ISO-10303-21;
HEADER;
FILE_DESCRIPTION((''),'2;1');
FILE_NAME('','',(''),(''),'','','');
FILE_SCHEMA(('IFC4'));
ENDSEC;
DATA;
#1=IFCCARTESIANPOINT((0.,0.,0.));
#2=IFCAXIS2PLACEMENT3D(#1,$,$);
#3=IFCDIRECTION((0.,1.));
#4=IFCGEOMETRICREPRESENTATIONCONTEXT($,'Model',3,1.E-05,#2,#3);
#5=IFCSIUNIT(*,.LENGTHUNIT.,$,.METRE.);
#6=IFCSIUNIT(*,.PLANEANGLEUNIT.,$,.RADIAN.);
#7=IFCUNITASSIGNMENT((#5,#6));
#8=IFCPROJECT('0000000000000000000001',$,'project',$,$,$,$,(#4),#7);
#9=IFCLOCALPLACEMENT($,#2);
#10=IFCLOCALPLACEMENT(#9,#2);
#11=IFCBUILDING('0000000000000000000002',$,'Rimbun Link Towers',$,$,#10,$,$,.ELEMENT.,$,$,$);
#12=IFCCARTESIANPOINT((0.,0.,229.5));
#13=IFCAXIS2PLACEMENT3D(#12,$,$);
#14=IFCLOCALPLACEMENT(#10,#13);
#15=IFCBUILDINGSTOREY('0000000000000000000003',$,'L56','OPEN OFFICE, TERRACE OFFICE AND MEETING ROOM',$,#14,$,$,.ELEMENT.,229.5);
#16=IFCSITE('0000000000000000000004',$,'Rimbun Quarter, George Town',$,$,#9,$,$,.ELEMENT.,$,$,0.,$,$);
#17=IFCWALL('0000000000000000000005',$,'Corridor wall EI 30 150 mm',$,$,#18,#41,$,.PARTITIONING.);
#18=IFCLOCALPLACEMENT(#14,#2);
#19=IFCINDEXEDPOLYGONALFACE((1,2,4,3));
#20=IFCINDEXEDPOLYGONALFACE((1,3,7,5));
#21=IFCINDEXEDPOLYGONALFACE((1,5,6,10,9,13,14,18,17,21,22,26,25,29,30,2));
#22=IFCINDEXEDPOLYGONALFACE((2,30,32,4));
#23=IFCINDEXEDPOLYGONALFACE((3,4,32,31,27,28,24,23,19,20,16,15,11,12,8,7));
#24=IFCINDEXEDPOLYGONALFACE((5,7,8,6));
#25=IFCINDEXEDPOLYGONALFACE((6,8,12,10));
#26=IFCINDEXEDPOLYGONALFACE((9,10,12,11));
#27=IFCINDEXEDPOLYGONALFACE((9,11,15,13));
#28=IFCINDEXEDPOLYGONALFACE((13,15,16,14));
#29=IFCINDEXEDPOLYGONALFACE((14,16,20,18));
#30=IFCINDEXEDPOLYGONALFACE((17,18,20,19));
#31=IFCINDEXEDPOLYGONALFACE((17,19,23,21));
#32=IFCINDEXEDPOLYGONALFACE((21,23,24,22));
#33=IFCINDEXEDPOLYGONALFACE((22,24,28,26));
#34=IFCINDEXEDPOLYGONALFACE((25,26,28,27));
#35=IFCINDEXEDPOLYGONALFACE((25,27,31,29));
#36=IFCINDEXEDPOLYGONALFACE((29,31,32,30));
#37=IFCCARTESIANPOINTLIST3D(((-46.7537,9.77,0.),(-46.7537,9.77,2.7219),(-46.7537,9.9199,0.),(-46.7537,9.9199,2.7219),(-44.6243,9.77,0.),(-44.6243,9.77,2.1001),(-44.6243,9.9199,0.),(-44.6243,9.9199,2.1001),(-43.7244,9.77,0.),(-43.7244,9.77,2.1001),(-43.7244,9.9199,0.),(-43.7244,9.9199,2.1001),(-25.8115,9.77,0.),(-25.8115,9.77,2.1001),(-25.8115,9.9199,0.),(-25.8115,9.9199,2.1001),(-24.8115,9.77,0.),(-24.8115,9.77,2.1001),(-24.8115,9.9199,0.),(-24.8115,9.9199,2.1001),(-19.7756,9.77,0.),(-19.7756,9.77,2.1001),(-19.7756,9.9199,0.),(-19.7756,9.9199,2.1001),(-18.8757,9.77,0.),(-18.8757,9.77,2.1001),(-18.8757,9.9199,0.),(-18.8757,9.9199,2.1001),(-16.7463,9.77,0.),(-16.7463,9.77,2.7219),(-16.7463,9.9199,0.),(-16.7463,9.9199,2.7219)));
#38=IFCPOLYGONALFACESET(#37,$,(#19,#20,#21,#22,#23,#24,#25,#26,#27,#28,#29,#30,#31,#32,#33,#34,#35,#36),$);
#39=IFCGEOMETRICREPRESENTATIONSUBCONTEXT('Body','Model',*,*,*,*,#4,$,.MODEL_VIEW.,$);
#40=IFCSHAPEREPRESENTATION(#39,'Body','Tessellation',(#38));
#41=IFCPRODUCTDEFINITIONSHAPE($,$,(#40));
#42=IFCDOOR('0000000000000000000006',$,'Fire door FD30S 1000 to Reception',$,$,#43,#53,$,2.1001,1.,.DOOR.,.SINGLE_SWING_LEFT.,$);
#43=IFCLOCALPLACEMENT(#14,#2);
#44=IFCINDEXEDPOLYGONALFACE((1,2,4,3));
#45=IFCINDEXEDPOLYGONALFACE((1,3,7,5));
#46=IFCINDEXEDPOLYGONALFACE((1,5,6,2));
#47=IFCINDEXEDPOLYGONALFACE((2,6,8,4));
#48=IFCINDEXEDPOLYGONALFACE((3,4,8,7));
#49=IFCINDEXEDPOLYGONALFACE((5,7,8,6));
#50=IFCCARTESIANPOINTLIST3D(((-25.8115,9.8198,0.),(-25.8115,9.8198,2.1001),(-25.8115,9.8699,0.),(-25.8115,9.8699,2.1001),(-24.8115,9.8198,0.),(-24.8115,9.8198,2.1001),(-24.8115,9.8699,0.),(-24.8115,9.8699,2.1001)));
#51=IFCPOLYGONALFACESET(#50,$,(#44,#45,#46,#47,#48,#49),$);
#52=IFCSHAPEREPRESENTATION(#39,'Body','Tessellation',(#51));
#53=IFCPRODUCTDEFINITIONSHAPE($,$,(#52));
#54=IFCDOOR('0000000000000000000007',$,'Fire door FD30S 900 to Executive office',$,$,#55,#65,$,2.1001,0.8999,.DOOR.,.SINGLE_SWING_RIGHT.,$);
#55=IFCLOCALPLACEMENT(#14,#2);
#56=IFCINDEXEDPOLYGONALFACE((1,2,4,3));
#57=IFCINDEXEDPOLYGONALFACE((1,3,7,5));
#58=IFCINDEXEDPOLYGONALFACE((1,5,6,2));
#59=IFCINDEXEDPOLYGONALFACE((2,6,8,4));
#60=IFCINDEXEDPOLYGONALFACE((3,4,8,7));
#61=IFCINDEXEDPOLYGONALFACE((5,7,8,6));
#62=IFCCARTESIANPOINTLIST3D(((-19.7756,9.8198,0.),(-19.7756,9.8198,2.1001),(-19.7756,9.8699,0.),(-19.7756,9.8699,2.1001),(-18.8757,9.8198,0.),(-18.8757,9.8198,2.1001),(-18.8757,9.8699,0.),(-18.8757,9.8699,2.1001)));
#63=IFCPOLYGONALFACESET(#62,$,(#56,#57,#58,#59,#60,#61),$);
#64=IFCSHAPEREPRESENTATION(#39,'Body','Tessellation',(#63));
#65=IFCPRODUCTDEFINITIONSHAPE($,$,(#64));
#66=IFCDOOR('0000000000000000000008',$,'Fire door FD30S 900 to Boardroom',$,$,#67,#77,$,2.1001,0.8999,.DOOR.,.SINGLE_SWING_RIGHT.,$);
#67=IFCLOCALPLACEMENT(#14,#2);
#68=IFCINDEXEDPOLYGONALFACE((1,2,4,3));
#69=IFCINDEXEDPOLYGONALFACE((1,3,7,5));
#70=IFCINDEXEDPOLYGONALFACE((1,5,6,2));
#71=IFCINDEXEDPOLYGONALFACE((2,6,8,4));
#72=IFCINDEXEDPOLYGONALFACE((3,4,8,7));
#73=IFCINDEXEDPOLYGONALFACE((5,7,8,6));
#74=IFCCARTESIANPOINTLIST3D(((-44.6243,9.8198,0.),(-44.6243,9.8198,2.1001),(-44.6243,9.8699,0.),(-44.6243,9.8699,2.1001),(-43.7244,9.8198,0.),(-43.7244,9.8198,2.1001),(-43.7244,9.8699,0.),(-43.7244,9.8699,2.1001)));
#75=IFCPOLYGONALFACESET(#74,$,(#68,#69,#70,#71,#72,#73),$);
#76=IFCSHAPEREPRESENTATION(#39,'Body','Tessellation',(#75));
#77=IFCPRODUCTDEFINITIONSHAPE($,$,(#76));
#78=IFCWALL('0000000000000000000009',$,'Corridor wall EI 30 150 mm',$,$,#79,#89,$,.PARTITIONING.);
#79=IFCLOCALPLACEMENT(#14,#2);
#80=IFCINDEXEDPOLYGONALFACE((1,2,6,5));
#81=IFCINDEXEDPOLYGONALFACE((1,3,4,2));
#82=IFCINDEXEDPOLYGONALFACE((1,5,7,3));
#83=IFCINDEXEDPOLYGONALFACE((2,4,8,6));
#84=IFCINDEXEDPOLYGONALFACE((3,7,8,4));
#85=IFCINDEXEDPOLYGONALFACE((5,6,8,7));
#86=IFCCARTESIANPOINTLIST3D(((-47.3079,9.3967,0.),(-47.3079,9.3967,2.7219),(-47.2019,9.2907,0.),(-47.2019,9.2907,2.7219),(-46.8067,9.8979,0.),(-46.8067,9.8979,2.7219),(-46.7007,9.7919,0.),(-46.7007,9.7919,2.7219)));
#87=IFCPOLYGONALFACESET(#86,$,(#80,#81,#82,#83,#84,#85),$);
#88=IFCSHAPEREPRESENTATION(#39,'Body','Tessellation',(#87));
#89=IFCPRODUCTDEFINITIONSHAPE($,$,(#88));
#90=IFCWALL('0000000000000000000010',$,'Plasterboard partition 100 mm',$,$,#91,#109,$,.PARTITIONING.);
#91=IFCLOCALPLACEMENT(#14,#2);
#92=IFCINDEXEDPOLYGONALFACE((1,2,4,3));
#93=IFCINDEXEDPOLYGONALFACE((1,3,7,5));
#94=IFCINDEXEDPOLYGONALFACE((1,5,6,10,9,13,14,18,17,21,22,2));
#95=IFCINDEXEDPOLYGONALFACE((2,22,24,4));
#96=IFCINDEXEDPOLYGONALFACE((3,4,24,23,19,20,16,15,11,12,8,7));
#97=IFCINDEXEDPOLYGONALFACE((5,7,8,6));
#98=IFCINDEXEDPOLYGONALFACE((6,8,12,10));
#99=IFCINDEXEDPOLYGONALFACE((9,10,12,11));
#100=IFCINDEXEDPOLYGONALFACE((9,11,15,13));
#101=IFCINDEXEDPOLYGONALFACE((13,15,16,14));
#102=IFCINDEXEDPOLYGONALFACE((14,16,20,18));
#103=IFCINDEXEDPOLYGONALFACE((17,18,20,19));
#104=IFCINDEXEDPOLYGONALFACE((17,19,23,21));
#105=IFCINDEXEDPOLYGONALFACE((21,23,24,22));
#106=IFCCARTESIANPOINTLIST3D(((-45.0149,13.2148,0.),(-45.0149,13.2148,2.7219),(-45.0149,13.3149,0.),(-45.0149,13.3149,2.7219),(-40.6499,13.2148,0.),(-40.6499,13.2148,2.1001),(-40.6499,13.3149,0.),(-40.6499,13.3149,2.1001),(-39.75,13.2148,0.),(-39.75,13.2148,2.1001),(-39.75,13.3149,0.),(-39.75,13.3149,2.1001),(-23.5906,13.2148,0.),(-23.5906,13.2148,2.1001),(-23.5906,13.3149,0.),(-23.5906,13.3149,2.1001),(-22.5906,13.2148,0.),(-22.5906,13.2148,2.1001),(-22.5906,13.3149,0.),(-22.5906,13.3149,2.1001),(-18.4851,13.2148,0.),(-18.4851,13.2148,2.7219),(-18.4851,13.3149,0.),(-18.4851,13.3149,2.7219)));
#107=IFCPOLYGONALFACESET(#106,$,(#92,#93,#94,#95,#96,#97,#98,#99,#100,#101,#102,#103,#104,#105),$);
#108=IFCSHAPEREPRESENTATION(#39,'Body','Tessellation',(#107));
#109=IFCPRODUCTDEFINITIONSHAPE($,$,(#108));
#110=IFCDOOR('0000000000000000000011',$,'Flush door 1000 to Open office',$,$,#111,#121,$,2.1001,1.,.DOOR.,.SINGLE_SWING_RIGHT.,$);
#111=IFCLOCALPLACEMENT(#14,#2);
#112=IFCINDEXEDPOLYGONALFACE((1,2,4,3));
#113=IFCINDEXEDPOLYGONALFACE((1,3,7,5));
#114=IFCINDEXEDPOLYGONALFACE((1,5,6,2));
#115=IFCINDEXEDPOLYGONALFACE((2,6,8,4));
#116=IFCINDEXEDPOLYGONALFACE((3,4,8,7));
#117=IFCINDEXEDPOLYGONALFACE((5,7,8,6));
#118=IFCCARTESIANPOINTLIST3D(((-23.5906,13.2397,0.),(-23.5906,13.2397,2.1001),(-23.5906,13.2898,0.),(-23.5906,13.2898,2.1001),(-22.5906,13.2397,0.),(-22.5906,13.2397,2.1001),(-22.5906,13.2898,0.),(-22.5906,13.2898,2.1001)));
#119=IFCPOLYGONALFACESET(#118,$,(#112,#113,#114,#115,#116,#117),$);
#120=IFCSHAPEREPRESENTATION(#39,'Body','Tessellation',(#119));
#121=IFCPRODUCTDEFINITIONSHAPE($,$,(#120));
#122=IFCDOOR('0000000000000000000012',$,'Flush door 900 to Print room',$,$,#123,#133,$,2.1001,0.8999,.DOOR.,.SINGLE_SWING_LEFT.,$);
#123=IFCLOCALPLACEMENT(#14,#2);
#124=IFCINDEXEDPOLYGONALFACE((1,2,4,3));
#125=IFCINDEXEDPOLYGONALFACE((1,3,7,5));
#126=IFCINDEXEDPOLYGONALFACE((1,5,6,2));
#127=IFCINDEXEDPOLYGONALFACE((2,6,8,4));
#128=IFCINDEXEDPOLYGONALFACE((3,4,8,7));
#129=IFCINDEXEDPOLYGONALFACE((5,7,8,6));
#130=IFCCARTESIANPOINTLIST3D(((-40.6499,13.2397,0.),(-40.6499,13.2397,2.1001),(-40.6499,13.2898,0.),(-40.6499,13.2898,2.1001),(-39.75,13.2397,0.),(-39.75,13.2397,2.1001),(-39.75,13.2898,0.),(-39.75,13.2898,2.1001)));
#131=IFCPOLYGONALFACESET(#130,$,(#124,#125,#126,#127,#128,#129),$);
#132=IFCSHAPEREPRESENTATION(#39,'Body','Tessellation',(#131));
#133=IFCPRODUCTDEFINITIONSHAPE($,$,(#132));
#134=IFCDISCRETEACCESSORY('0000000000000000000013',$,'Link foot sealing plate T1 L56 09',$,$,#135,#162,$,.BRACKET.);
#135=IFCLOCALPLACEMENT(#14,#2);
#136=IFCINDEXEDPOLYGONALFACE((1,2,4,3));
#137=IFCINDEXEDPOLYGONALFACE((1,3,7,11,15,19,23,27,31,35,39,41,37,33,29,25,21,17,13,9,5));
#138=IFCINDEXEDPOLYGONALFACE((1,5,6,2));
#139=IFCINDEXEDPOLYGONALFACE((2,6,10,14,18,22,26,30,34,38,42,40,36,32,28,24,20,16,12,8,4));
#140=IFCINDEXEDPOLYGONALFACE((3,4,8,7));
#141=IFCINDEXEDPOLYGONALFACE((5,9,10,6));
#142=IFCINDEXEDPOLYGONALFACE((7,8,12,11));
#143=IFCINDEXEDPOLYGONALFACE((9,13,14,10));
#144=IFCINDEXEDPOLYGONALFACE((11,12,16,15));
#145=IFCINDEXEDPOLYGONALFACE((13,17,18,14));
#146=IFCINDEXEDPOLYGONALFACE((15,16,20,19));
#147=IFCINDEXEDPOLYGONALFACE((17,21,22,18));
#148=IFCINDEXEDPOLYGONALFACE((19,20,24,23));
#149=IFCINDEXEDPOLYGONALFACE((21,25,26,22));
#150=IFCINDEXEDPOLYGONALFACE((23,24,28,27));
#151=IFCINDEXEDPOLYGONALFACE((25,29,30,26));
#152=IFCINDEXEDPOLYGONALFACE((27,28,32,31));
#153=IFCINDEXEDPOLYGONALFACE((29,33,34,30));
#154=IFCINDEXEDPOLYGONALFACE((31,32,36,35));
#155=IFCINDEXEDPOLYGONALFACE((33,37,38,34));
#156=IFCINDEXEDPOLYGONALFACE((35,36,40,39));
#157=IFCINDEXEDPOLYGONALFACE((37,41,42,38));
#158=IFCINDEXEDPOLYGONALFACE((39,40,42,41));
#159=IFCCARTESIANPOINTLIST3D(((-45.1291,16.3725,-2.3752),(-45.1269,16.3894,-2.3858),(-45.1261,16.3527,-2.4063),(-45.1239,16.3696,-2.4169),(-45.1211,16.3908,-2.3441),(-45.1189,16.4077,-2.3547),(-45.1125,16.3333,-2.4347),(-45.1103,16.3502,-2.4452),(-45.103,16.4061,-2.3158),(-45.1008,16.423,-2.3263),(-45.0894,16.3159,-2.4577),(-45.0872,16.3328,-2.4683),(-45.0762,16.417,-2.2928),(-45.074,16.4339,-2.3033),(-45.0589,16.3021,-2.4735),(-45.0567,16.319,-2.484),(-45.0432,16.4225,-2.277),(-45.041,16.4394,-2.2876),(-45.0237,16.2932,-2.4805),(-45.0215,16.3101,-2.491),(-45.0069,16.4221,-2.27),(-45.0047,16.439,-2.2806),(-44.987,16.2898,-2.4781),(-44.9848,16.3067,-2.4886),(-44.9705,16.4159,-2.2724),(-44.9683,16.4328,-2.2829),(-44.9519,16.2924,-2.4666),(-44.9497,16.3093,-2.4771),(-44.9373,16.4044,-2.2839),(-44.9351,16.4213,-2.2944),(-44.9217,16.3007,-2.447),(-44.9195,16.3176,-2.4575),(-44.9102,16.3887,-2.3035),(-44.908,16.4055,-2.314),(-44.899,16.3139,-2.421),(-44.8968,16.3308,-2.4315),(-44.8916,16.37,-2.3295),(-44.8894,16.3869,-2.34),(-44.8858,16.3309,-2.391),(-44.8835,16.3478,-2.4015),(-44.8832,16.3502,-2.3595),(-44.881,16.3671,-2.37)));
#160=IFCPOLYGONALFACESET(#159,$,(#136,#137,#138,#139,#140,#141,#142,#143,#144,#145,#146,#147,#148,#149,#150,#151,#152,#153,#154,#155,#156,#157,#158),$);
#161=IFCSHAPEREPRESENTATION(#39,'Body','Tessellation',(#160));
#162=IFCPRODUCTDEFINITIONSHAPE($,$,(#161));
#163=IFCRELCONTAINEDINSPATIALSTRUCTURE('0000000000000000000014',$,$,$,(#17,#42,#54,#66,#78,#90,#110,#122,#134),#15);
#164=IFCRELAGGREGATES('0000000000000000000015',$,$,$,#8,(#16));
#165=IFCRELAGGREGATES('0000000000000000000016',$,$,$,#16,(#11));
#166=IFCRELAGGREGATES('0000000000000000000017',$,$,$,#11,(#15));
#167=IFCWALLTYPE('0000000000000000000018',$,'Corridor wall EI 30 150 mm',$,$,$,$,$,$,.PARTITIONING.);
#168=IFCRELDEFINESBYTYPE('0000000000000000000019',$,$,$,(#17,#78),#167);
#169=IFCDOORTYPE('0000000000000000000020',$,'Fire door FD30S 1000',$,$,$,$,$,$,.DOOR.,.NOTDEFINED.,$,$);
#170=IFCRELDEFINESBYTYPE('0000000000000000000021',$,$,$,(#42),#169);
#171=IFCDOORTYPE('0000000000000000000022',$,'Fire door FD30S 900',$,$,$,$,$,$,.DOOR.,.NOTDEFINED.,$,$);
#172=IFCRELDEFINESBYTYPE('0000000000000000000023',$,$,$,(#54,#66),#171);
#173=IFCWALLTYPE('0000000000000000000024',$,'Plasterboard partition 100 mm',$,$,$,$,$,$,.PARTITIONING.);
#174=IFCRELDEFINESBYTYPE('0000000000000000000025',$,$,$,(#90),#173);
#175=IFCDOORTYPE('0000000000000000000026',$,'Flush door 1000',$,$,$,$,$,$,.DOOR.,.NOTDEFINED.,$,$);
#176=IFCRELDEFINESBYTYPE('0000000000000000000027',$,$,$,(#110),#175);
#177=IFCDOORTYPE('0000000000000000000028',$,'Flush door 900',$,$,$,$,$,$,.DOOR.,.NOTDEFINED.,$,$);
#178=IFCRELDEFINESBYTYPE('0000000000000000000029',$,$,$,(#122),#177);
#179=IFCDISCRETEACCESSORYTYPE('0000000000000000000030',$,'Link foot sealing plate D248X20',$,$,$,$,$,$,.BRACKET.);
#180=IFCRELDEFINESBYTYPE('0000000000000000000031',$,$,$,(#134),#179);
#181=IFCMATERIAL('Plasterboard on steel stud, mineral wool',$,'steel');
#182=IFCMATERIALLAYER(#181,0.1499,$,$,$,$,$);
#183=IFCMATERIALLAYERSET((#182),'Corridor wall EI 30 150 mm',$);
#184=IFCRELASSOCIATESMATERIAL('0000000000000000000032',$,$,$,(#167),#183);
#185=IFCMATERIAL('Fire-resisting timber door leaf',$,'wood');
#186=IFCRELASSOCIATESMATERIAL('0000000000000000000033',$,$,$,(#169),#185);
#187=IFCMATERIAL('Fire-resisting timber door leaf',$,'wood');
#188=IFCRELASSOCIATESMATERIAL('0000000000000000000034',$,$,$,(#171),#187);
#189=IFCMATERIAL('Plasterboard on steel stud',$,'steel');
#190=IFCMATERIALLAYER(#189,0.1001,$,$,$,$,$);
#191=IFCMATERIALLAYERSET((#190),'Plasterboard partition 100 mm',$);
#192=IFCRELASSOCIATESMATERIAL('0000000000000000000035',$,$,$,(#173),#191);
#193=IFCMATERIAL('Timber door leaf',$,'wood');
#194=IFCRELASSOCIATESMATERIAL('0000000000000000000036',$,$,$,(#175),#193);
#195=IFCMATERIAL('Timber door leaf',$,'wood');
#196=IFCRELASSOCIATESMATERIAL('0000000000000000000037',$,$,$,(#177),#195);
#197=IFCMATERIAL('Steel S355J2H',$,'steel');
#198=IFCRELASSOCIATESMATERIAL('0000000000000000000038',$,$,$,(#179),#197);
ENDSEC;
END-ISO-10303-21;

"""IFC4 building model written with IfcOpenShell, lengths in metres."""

from ifc_helpers import new_model, si_unit, direction, frame, frame_2d, origin, origin_2d, place, context, subcontext, project, spatial, rectangle, circle, extrude, material, layer, layer_set, material_profile, profile_set, type_object, element, fill, save


model = new_model("IFC4")

# Units and contexts
model_context = context("Model", 3, precision=1e-05, world=origin(), true_north=direction((0.0, 1.0)))
body_context = subcontext(model_context, "Body", "Model", "MODEL_VIEW")
ifc_project = project(units=[si_unit("LENGTHUNIT", "METRE"), si_unit("PLANEANGLEUNIT", "RADIAN")], contexts=[model_context])

# Site, building, storey
site_placement = place(None, origin())
site = spatial("IfcSite", under=ifc_project, at=site_placement, Name="Rimbun Quarter, George Town", CompositionType="ELEMENT", RefElevation=0.0)
building_placement = place(site_placement, origin())
building = spatial("IfcBuilding", under=site, at=building_placement, Name="Rimbun Link Towers", CompositionType="ELEMENT")
storey_placement = place(building_placement, frame((0.0, 0.0, 229.5)))
storey = spatial("IfcBuildingStorey", under=building, at=storey_placement, Name="L56", Description="OPEN OFFICE, TERRACE OFFICE AND MEETING ROOM", CompositionType="ELEMENT", Elevation=229.5)

# Wall, openings, doors
ifc_material_1 = material(Name="Plasterboard on steel stud, mineral wool", Category="steel")
ifc_layer_1 = layer(ifc_material_1, 0.1499)
ifc_layer_set_1 = layer_set([ifc_layer_1], Name="Corridor wall EI 30 150 mm")
wall_type_1 = type_object("IfcWallType", Name="Corridor wall EI 30 150 mm", PredefinedType="PARTITIONING", material=ifc_layer_set_1)
wall_1_placement = place(storey_placement, frame((-46.7537, 9.845, 0.0), z_axis=(0.0, 0.0, 1.0), x_axis=(1.0, 0.0, 0.0)))
wall_1 = element("IfcWall", 1, at=wall_1_placement, inside=storey, type_object=wall_type_1, Name="Corridor wall EI 30 150 mm", PredefinedType="PARTITIONING", context=body_context, shape_type="SweptSolid", body=[
    extrude(rectangle(XDim=30.0073, YDim=0.1499, at=frame_2d((15.0037, 0.0))), origin(), (0.0, 0.0, 1.0), 2.7219),
])
opening_1_placement = place(wall_1_placement, frame((26.978, 0.0, 0.0)))
opening_1 = element("IfcOpeningElement", 2, at=opening_1_placement, cuts=wall_1, PredefinedType="OPENING", context=body_context, shape_type="SweptSolid", body=[
    extrude(rectangle(XDim=0.8999, YDim=2.1001, at=frame_2d((0.45, 1.05))), frame((0.0, 0.085, 0.0), z_axis=(0.0, -1.0, 0.0), x_axis=(1.0, 0.0, 0.0)), (0.0, 0.0, 1.0), 0.1699),
])
opening_2_placement = place(wall_1_placement, frame((20.9421, 0.0, 0.0)))
opening_2 = element("IfcOpeningElement", 3, at=opening_2_placement, cuts=wall_1, PredefinedType="OPENING", context=body_context, shape_type="SweptSolid", body=[
    extrude(rectangle(XDim=1.0, YDim=2.1001, at=frame_2d((0.5, 1.05))), frame((0.0, 0.085, 0.0), z_axis=(0.0, -1.0, 0.0), x_axis=(1.0, 0.0, 0.0)), (0.0, 0.0, 1.0), 0.1699),
])
opening_3_placement = place(wall_1_placement, frame((2.1294, 0.0, 0.0)))
opening_3 = element("IfcOpeningElement", 4, at=opening_3_placement, cuts=wall_1, PredefinedType="OPENING", context=body_context, shape_type="SweptSolid", body=[
    extrude(rectangle(XDim=0.8999, YDim=2.1001, at=frame_2d((0.45, 1.05))), frame((0.0, 0.085, 0.0), z_axis=(0.0, -1.0, 0.0), x_axis=(1.0, 0.0, 0.0)), (0.0, 0.0, 1.0), 0.1699),
])
ifc_material_2 = material(Name="Fire-resisting timber door leaf", Category="wood")
door_type_1 = type_object("IfcDoorType", Name="Fire door FD30S 1000", OperationType="NOTDEFINED", PredefinedType="DOOR", material=ifc_material_2)
door_1_placement = place(opening_2_placement, origin())
door_1 = element("IfcDoor", 5, at=door_1_placement, inside=storey, type_object=door_type_1, Name="Fire door FD30S 1000 to Reception", OperationType="SINGLE_SWING_LEFT", OverallHeight=2.1001, OverallWidth=1.0, PredefinedType="DOOR", context=body_context, shape_type="SweptSolid", body=[
    extrude(rectangle(XDim=1.0, YDim=2.1001, at=frame_2d((0.5, 1.05))), frame((0.0, 0.0249, 0.0), z_axis=(0.0, -1.0, 0.0), x_axis=(1.0, 0.0, 0.0)), (0.0, 0.0, 1.0), 0.05),
])
fill(opening_2, door_1)
ifc_material_3 = material(Name="Fire-resisting timber door leaf", Category="wood")
door_type_2 = type_object("IfcDoorType", Name="Fire door FD30S 900", OperationType="NOTDEFINED", PredefinedType="DOOR", material=ifc_material_3)
door_2_placement = place(opening_1_placement, origin())
door_2 = element("IfcDoor", 6, at=door_2_placement, inside=storey, type_object=door_type_2, Name="Fire door FD30S 900 to Executive office", OperationType="SINGLE_SWING_RIGHT", OverallHeight=2.1001, OverallWidth=0.8999, PredefinedType="DOOR", context=body_context, shape_type="SweptSolid", body=[
    extrude(rectangle(XDim=0.8999, YDim=2.1001, at=frame_2d((0.45, 1.05))), frame((0.0, 0.0249, 0.0), z_axis=(0.0, -1.0, 0.0), x_axis=(1.0, 0.0, 0.0)), (0.0, 0.0, 1.0), 0.05),
])
fill(opening_1, door_2)
door_3_placement = place(opening_3_placement, origin())
door_3 = element("IfcDoor", 7, at=door_3_placement, inside=storey, type_object=door_type_2, Name="Fire door FD30S 900 to Boardroom", OperationType="SINGLE_SWING_RIGHT", OverallHeight=2.1001, OverallWidth=0.8999, PredefinedType="DOOR", context=body_context, shape_type="SweptSolid", body=[
    extrude(rectangle(XDim=0.8999, YDim=2.1001, at=frame_2d((0.45, 1.05))), frame((0.0, 0.0249, 0.0), z_axis=(0.0, -1.0, 0.0), x_axis=(1.0, 0.0, 0.0)), (0.0, 0.0, 1.0), 0.05),
])
fill(opening_3, door_3)

# Wall
wall_2_placement = place(storey_placement, frame((-46.7537, 9.845, 0.0), z_axis=(0.0, 0.0, 1.0), x_axis=(-0.707107, -0.707107, 0.0)))
element("IfcWall", 8, at=wall_2_placement, inside=storey, type_object=wall_type_1, Name="Corridor wall EI 30 150 mm", PredefinedType="PARTITIONING", context=body_context, shape_type="SweptSolid", body=[
    extrude(rectangle(XDim=0.7087, YDim=0.1499, at=frame_2d((0.3545, 0.0))), origin(), (0.0, 0.0, 1.0), 2.7219),
])

# Wall, openings, doors
ifc_material_4 = material(Name="Plasterboard on steel stud", Category="steel")
ifc_layer_2 = layer(ifc_material_4, 0.1001)
ifc_layer_set_2 = layer_set([ifc_layer_2], Name="Plasterboard partition 100 mm")
wall_type_2 = type_object("IfcWallType", Name="Plasterboard partition 100 mm", PredefinedType="PARTITIONING", material=ifc_layer_set_2)
wall_3_placement = place(storey_placement, frame((-45.0149, 13.2649, 0.0), z_axis=(0.0, 0.0, 1.0), x_axis=(1.0, 0.0, 0.0)))
wall_3 = element("IfcWall", 9, at=wall_3_placement, inside=storey, type_object=wall_type_2, Name="Plasterboard partition 100 mm", PredefinedType="PARTITIONING", context=body_context, shape_type="SweptSolid", body=[
    extrude(rectangle(XDim=26.5298, YDim=0.1001, at=frame_2d((13.2649, 0.0))), origin(), (0.0, 0.0, 1.0), 2.7219),
])
opening_4_placement = place(wall_3_placement, frame((21.4243, 0.0, 0.0)))
opening_4 = element("IfcOpeningElement", 10, at=opening_4_placement, cuts=wall_3, PredefinedType="OPENING", context=body_context, shape_type="SweptSolid", body=[
    extrude(rectangle(XDim=1.0, YDim=2.1001, at=frame_2d((0.5, 1.05))), frame((0.0, 0.0601, 0.0), z_axis=(0.0, -1.0, 0.0), x_axis=(1.0, 0.0, 0.0)), (0.0, 0.0, 1.0), 0.1201),
])
opening_5_placement = place(wall_3_placement, frame((4.365, 0.0, 0.0)))
opening_5 = element("IfcOpeningElement", 11, at=opening_5_placement, cuts=wall_3, PredefinedType="OPENING", context=body_context, shape_type="SweptSolid", body=[
    extrude(rectangle(XDim=0.8999, YDim=2.1001, at=frame_2d((0.45, 1.05))), frame((0.0, 0.0601, 0.0), z_axis=(0.0, -1.0, 0.0), x_axis=(1.0, 0.0, 0.0)), (0.0, 0.0, 1.0), 0.1201),
])
ifc_material_5 = material(Name="Timber door leaf", Category="wood")
door_type_3 = type_object("IfcDoorType", Name="Flush door 1000", OperationType="NOTDEFINED", PredefinedType="DOOR", material=ifc_material_5)
door_4_placement = place(opening_4_placement, origin())
door_4 = element("IfcDoor", 12, at=door_4_placement, inside=storey, type_object=door_type_3, Name="Flush door 1000 to Open office", OperationType="SINGLE_SWING_RIGHT", OverallHeight=2.1001, OverallWidth=1.0, PredefinedType="DOOR", context=body_context, shape_type="SweptSolid", body=[
    extrude(rectangle(XDim=1.0, YDim=2.1001, at=frame_2d((0.5, 1.05))), frame((0.0, 0.0249, 0.0), z_axis=(0.0, -1.0, 0.0), x_axis=(1.0, 0.0, 0.0)), (0.0, 0.0, 1.0), 0.05),
])
fill(opening_4, door_4)
ifc_material_6 = material(Name="Timber door leaf", Category="wood")
door_type_4 = type_object("IfcDoorType", Name="Flush door 900", OperationType="NOTDEFINED", PredefinedType="DOOR", material=ifc_material_6)
door_5_placement = place(opening_5_placement, origin())
door_5 = element("IfcDoor", 13, at=door_5_placement, inside=storey, type_object=door_type_4, Name="Flush door 900 to Print room", OperationType="SINGLE_SWING_LEFT", OverallHeight=2.1001, OverallWidth=0.8999, PredefinedType="DOOR", context=body_context, shape_type="SweptSolid", body=[
    extrude(rectangle(XDim=0.8999, YDim=2.1001, at=frame_2d((0.45, 1.05))), frame((0.0, 0.0249, 0.0), z_axis=(0.0, -1.0, 0.0), x_axis=(1.0, 0.0, 0.0)), (0.0, 0.0, 1.0), 0.05),
])
fill(opening_5, door_5)

# Discrete accessory
ifc_material_7 = material(Name="Steel S355J2H", Category="steel")
ifc_material_profile_1 = material_profile(ifc_material_7, circle(Radius=0.124, at=origin_2d()), Name="PL D248")
ifc_profile_set_1 = profile_set([ifc_material_profile_1], Name="Steel S355J2H")
discrete_accessory_type = type_object("IfcDiscreteAccessoryType", Name="Link foot sealing plate D248X20", PredefinedType="BRACKET", material=ifc_profile_set_1)
discrete_accessory_placement = place(storey_placement, frame((-45.0061, 16.3564, -2.3752), z_axis=(0.110026, 0.843536, -0.525682), x_axis=(-0.9916, 0.129339, 0.0)))
element("IfcDiscreteAccessory", 14, at=discrete_accessory_placement, inside=storey, type_object=discrete_accessory_type, Name="Link foot sealing plate T1 L56 09", PredefinedType="BRACKET", context=body_context, shape_type="SweptSolid", body=[
    extrude(circle(Radius=0.124, at=origin_2d()), origin(), (0.0, 0.0, 1.0), 0.02),
])

save(model, "model.ifc")
